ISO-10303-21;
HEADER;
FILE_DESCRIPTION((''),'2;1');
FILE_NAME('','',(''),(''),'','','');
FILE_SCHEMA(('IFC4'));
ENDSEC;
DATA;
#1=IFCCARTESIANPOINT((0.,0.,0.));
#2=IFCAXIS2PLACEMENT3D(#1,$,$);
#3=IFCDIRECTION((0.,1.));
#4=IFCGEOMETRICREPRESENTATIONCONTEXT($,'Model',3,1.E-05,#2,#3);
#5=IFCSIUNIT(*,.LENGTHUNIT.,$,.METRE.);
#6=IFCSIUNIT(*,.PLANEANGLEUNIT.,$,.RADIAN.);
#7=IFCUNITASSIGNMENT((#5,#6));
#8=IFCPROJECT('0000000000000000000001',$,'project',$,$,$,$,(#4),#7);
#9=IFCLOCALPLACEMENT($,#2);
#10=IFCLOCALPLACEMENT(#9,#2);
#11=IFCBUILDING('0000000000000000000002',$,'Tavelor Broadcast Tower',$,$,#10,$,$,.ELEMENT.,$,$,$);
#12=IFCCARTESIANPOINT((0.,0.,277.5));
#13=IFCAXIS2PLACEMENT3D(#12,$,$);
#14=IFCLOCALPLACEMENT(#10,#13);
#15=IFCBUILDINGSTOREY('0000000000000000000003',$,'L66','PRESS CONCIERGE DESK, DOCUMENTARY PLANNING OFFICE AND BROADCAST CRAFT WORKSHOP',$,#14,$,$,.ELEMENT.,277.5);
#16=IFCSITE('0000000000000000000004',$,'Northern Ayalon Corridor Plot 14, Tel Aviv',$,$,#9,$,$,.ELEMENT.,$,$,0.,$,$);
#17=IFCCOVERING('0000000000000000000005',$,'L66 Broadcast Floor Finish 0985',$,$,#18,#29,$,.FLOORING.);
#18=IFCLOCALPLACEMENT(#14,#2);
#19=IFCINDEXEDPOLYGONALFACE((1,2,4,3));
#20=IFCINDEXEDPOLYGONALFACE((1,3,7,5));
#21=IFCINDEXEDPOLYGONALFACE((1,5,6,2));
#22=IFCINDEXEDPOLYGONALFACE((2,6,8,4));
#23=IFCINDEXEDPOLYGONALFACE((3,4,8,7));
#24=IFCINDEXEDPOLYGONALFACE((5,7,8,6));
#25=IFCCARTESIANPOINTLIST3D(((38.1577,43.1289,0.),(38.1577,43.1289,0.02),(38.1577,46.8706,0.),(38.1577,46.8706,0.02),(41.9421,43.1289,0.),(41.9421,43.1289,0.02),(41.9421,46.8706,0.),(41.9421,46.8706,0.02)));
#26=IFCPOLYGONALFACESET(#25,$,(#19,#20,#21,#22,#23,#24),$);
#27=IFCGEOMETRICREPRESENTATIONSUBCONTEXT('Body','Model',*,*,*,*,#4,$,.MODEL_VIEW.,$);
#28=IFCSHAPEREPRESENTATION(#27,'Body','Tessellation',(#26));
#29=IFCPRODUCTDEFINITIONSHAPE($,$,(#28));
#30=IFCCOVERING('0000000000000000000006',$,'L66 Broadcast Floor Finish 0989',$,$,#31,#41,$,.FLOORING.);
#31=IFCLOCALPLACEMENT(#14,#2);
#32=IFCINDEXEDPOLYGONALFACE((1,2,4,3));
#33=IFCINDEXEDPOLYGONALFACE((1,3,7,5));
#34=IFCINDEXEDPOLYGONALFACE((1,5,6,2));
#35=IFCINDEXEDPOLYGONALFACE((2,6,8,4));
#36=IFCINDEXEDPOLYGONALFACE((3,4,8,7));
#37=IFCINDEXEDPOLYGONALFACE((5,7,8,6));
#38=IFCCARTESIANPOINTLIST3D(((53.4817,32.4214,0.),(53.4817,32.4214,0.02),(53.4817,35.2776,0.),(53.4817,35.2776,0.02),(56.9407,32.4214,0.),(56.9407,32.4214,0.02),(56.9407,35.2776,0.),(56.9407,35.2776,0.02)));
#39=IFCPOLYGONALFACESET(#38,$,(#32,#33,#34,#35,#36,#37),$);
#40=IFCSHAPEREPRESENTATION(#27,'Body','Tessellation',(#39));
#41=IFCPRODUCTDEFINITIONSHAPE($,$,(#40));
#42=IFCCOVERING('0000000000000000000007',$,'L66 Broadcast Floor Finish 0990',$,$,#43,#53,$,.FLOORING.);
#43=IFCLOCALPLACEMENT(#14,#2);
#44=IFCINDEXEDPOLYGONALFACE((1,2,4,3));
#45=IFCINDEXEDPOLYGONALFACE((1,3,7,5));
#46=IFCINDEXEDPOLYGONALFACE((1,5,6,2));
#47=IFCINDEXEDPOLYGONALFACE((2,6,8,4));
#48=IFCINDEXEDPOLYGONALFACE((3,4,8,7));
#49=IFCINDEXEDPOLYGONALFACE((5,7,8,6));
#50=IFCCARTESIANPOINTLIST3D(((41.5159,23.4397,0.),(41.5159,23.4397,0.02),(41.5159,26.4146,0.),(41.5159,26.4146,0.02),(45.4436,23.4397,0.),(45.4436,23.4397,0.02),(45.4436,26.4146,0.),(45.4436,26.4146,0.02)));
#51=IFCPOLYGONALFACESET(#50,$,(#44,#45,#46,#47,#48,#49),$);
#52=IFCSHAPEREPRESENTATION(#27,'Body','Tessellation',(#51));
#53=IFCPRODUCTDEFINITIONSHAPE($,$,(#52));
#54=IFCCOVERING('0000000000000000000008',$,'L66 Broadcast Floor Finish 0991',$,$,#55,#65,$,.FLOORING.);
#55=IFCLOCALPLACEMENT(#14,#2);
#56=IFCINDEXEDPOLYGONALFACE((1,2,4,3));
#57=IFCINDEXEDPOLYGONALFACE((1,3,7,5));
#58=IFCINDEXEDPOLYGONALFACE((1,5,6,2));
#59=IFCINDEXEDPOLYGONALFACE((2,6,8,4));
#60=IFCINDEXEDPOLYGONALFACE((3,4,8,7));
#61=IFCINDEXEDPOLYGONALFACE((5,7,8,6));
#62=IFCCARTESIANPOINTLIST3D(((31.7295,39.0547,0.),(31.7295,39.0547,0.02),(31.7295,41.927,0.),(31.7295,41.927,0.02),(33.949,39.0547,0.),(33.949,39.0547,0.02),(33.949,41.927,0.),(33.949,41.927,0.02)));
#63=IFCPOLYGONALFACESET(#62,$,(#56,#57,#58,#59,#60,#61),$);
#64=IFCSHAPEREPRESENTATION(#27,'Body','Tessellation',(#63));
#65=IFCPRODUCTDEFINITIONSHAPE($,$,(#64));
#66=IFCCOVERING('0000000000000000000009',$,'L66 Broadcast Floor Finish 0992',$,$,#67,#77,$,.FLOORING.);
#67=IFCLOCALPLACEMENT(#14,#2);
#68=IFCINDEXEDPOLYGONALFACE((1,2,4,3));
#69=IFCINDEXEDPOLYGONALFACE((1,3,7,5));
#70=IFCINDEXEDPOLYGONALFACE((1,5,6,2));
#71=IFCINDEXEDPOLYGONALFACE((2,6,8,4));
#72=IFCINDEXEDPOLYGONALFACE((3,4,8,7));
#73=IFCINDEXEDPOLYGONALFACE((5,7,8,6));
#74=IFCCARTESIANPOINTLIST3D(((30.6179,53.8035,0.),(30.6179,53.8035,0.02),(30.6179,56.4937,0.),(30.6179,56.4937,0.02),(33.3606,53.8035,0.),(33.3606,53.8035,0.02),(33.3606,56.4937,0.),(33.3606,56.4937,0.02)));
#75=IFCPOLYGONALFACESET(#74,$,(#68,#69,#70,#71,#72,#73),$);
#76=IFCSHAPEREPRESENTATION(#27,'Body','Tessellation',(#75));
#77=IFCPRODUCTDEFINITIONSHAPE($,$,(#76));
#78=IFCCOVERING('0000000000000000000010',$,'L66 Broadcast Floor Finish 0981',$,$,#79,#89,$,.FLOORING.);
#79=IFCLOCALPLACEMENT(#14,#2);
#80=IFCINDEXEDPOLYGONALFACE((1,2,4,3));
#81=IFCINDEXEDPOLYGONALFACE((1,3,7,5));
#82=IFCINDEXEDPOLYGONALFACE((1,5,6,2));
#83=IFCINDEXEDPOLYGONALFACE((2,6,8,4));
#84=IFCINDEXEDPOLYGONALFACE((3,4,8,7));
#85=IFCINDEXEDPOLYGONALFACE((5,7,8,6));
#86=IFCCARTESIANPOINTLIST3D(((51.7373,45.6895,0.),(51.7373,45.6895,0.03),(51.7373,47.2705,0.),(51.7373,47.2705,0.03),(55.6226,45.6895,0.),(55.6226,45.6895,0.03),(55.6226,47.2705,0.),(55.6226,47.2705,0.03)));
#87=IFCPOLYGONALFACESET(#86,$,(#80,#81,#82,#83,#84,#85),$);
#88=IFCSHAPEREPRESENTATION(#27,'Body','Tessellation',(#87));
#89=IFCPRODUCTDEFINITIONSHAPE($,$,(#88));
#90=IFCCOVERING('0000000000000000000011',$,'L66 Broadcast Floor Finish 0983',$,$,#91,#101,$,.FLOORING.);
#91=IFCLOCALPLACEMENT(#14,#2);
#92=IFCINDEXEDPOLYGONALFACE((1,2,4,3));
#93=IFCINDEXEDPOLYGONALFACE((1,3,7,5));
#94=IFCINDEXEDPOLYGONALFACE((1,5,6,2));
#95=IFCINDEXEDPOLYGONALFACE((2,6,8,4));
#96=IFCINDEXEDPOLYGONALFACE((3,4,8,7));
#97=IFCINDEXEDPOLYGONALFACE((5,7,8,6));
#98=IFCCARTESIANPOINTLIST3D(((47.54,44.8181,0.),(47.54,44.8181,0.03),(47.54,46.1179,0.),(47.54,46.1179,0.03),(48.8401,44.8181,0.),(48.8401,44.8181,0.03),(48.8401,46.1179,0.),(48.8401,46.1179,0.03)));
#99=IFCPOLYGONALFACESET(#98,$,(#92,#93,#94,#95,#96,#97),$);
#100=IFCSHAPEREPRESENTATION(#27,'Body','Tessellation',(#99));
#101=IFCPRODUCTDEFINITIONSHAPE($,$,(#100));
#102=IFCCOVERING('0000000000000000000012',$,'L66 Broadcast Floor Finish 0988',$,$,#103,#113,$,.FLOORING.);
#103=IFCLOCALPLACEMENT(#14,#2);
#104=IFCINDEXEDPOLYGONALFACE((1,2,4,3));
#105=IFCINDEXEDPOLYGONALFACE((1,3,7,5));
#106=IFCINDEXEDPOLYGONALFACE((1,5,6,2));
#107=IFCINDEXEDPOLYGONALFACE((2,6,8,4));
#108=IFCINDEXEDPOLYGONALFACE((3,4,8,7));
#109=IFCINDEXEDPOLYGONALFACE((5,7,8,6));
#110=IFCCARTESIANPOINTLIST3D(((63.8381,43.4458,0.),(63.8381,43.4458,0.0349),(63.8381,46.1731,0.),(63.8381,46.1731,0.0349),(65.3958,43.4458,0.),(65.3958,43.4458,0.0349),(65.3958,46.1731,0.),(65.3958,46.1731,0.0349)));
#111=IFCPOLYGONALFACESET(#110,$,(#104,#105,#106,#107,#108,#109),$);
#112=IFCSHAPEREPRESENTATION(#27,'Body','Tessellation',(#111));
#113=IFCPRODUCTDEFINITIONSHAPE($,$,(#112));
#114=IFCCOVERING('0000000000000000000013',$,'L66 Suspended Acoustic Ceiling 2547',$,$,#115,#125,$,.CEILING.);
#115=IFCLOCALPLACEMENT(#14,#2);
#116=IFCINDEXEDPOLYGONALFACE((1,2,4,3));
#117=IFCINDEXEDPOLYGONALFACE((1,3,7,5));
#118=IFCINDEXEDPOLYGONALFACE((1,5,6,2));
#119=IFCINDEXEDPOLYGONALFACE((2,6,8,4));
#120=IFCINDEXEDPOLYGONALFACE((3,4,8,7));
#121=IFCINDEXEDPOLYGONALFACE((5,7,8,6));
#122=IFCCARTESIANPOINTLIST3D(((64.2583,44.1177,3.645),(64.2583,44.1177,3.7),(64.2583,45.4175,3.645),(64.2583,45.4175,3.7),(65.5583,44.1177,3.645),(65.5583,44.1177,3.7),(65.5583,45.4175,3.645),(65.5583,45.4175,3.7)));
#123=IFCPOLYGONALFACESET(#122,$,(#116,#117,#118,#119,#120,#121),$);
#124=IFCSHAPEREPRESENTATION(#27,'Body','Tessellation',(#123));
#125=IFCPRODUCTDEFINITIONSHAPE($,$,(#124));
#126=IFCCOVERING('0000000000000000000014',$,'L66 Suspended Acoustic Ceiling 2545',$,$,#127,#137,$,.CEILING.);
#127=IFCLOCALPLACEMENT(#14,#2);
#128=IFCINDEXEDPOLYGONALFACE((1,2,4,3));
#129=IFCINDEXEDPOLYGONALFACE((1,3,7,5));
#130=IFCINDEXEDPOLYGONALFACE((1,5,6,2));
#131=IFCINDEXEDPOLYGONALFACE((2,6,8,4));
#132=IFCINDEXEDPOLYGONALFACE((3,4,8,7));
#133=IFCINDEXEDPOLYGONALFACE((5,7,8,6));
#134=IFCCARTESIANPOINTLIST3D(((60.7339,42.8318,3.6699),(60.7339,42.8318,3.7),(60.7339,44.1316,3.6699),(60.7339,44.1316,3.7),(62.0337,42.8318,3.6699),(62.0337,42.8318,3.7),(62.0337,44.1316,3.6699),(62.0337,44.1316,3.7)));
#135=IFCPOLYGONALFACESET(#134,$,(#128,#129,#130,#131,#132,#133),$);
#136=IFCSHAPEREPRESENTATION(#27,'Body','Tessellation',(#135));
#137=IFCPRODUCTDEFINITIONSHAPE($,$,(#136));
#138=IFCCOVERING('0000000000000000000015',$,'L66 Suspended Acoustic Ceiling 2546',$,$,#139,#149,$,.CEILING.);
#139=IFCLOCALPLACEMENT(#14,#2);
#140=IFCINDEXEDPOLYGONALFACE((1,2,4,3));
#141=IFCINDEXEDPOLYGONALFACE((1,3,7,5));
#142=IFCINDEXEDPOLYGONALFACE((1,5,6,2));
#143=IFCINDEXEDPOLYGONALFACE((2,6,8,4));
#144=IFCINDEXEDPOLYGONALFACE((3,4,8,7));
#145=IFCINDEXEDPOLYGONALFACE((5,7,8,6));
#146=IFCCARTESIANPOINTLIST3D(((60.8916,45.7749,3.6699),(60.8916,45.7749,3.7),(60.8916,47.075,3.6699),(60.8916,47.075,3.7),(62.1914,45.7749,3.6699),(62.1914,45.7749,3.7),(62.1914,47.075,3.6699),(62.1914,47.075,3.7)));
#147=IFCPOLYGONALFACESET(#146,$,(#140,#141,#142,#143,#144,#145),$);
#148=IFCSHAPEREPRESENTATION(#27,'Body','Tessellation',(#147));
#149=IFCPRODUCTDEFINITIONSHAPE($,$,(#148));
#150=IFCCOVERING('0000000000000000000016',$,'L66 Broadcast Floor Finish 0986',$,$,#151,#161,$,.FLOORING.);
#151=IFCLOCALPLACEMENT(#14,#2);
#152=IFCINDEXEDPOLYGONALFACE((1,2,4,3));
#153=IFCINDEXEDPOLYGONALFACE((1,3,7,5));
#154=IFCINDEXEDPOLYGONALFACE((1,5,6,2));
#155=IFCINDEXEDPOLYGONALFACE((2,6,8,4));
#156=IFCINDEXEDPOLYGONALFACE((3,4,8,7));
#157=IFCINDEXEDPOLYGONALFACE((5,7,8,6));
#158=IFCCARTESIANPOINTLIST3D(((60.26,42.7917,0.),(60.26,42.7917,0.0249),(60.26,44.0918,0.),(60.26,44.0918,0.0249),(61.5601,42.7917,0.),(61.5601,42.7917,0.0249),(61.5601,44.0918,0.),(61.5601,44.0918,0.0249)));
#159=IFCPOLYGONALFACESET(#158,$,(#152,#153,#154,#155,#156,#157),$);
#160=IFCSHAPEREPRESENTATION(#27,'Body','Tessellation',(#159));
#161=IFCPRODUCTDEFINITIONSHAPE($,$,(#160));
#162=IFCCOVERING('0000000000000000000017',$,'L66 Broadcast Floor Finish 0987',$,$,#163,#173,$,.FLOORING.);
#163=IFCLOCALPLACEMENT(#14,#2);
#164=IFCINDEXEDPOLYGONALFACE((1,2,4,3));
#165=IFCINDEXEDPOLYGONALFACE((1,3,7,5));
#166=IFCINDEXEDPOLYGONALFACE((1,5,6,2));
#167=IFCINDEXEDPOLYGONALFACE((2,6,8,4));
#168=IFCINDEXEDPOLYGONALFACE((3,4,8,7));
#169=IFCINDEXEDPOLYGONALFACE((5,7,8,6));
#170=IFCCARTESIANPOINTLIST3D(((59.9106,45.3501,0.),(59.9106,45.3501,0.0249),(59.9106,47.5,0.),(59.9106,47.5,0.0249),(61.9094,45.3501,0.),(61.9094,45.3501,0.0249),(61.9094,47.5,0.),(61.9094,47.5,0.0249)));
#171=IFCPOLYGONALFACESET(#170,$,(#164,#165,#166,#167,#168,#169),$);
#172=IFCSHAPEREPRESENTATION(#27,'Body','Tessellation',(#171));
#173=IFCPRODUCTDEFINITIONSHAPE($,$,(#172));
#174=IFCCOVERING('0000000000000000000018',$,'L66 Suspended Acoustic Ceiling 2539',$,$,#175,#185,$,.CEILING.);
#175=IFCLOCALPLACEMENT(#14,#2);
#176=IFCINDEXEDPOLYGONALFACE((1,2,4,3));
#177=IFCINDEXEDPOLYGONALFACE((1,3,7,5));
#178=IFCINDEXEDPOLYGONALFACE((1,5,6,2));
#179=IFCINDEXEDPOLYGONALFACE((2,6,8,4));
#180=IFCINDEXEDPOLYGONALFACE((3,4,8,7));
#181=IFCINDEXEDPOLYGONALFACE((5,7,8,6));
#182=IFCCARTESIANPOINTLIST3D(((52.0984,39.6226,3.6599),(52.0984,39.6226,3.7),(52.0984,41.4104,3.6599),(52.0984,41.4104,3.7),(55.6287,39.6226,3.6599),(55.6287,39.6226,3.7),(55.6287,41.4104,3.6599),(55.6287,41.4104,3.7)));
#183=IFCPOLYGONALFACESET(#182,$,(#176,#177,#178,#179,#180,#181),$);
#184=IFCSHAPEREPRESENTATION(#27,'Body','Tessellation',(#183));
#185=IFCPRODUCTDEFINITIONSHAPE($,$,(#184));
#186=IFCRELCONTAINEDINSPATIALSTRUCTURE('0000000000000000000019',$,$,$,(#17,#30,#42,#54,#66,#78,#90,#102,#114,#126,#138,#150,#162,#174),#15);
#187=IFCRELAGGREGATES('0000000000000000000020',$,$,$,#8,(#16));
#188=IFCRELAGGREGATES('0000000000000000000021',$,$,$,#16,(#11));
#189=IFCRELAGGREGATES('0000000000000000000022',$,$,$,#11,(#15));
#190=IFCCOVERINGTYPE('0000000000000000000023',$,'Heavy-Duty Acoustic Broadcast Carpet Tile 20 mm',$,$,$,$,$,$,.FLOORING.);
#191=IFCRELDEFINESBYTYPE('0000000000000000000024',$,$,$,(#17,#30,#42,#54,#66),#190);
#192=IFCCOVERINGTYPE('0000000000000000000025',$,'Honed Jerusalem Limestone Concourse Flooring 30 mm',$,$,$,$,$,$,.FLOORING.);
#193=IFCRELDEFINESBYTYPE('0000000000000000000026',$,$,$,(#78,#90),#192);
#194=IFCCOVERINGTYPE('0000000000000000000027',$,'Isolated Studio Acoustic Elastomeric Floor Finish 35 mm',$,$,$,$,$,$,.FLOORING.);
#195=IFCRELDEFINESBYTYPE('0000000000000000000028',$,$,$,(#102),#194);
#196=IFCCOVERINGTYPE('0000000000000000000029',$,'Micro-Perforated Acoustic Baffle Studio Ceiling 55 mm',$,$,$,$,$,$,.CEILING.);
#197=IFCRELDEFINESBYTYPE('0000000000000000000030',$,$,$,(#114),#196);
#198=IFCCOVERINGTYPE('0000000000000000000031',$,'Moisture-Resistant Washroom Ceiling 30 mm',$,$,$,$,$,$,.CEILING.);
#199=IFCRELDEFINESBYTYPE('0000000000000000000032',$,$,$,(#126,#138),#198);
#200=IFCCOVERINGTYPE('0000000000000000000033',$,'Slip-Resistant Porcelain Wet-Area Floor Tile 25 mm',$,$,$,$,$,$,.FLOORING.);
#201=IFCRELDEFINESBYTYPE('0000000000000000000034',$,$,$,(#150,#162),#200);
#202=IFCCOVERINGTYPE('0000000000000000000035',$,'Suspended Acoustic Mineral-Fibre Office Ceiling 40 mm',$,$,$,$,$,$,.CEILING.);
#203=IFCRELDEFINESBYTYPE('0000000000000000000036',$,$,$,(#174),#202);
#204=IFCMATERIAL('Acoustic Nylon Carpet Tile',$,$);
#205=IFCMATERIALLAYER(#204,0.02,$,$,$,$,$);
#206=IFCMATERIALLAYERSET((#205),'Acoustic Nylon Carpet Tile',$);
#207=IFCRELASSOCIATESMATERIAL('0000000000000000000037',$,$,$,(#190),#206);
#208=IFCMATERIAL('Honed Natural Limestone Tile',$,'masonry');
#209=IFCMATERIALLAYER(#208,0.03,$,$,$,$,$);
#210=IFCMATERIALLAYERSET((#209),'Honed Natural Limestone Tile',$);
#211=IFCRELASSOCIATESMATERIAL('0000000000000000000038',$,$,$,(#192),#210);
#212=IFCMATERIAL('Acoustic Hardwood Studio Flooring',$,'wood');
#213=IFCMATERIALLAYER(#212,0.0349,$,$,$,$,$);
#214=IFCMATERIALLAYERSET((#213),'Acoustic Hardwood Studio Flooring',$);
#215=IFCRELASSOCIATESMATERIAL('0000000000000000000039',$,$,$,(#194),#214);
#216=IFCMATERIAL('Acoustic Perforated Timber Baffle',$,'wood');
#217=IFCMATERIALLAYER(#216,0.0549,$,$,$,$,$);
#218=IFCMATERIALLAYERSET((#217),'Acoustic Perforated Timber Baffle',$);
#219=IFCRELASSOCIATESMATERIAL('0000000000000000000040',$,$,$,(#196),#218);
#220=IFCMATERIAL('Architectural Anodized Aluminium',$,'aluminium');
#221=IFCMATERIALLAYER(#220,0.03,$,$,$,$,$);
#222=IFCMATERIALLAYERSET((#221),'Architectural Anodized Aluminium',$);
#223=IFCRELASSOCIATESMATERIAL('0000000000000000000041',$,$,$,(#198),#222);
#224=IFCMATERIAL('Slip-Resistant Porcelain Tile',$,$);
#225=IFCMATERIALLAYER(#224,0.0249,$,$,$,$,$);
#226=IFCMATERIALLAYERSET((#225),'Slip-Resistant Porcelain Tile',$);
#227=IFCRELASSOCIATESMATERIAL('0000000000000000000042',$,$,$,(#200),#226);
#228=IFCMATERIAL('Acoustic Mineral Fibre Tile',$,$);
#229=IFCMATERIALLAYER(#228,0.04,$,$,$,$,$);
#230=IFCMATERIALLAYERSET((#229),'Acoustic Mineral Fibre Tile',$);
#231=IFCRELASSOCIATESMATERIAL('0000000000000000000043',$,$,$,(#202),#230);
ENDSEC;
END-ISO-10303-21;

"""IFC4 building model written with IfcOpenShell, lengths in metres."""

from ifc_helpers import new_model, si_unit, direction, frame, origin, place, context, subcontext, project, spatial, polyline, outline, extrude, material, layer, layer_set, type_object, element, save


model = new_model("IFC4")

# Units and contexts
model_context = context("Model", 3, precision=1e-05, world=origin(), true_north=direction((0.0, 1.0)))
body_context = subcontext(model_context, "Body", "Model", "MODEL_VIEW")
ifc_project = project(units=[si_unit("LENGTHUNIT", "METRE"), si_unit("PLANEANGLEUNIT", "RADIAN")], contexts=[model_context])

# Site, building, storey
site_placement = place(None, origin())
site = spatial("IfcSite", under=ifc_project, at=site_placement, Name="Northern Ayalon Corridor Plot 14, Tel Aviv", CompositionType="ELEMENT", RefElevation=0.0)
building_placement = place(site_placement, origin())
building = spatial("IfcBuilding", under=site, at=building_placement, Name="Tavelor Broadcast Tower", CompositionType="ELEMENT")
storey_placement = place(building_placement, frame((0.0, 0.0, 277.5)))
storey = spatial("IfcBuildingStorey", under=building, at=storey_placement, Name="L66", Description="PRESS CONCIERGE DESK, DOCUMENTARY PLANNING OFFICE AND BROADCAST CRAFT WORKSHOP", CompositionType="ELEMENT", Elevation=277.5)

# Coverings
ifc_material_1 = material(Name="Architectural Anodized Aluminium", Category="aluminium")
ifc_material_2 = material(Name="Acoustic Nylon Carpet Tile")
ifc_layer_1 = layer(ifc_material_2, 0.02)
ifc_layer_set_1 = layer_set([ifc_layer_1], Name="Acoustic Nylon Carpet Tile")
covering_type_1 = type_object("IfcCoveringType", Name="Heavy-Duty Acoustic Broadcast Carpet Tile 20 mm", PredefinedType="FLOORING", material=ifc_layer_set_1)
covering_1_placement = place(storey_placement, origin())
element("IfcCovering", 1, at=covering_1_placement, inside=storey, type_object=covering_type_1, Name="L66 Broadcast Floor Finish 0985", PredefinedType="FLOORING", context=body_context, shape_type="SweptSolid", body=[
    extrude(outline(polyline([(38.1577, 43.1289), (41.9421, 43.1289), (41.9421, 46.8706), (38.1577, 46.8706), (38.1577, 43.1289)])), origin(), (0.0, 0.0, 1.0), 0.02),
])
covering_2_placement = place(storey_placement, origin())
element("IfcCovering", 2, at=covering_2_placement, inside=storey, type_object=covering_type_1, Name="L66 Broadcast Floor Finish 0989", PredefinedType="FLOORING", context=body_context, shape_type="SweptSolid", body=[
    extrude(outline(polyline([(53.4817, 32.4214), (56.9407, 32.4214), (56.9407, 35.2776), (53.4817, 35.2776), (53.4817, 32.4214)])), origin(), (0.0, 0.0, 1.0), 0.02),
])
covering_3_placement = place(storey_placement, origin())
element("IfcCovering", 3, at=covering_3_placement, inside=storey, type_object=covering_type_1, Name="L66 Broadcast Floor Finish 0990", PredefinedType="FLOORING", context=body_context, shape_type="SweptSolid", body=[
    extrude(outline(polyline([(41.5159, 23.4397), (45.4436, 23.4397), (45.4436, 26.4146), (41.5159, 26.4146), (41.5159, 23.4397)])), origin(), (0.0, 0.0, 1.0), 0.02),
])
covering_4_placement = place(storey_placement, origin())
element("IfcCovering", 4, at=covering_4_placement, inside=storey, type_object=covering_type_1, Name="L66 Broadcast Floor Finish 0991", PredefinedType="FLOORING", context=body_context, shape_type="SweptSolid", body=[
    extrude(outline(polyline([(31.7295, 39.0547), (33.949, 39.0547), (33.949, 41.927), (31.7295, 41.927), (31.7295, 39.0547)])), origin(), (0.0, 0.0, 1.0), 0.02),
])
covering_5_placement = place(storey_placement, origin())
element("IfcCovering", 5, at=covering_5_placement, inside=storey, type_object=covering_type_1, Name="L66 Broadcast Floor Finish 0992", PredefinedType="FLOORING", context=body_context, shape_type="SweptSolid", body=[
    extrude(outline(polyline([(30.6179, 53.8035), (33.3606, 53.8035), (33.3606, 56.4937), (30.6179, 56.4937), (30.6179, 53.8035)])), origin(), (0.0, 0.0, 1.0), 0.02),
])
ifc_material_3 = material(Name="Honed Natural Limestone Tile", Category="masonry")
ifc_layer_2 = layer(ifc_material_3, 0.03)
ifc_layer_set_2 = layer_set([ifc_layer_2], Name="Honed Natural Limestone Tile")
covering_type_2 = type_object("IfcCoveringType", Name="Honed Jerusalem Limestone Concourse Flooring 30 mm", PredefinedType="FLOORING", material=ifc_layer_set_2)
covering_6_placement = place(storey_placement, origin())
element("IfcCovering", 6, at=covering_6_placement, inside=storey, type_object=covering_type_2, Name="L66 Broadcast Floor Finish 0981", PredefinedType="FLOORING", context=body_context, shape_type="SweptSolid", body=[
    extrude(outline(polyline([(51.7373, 45.6895), (55.6226, 45.6895), (55.6226, 47.2705), (51.7373, 47.2705), (51.7373, 45.6895)])), origin(), (0.0, 0.0, 1.0), 0.03),
])
covering_7_placement = place(storey_placement, origin())
element("IfcCovering", 7, at=covering_7_placement, inside=storey, type_object=covering_type_2, Name="L66 Broadcast Floor Finish 0983", PredefinedType="FLOORING", context=body_context, shape_type="SweptSolid", body=[
    extrude(outline(polyline([(47.54, 44.8181), (48.8401, 44.8181), (48.8401, 46.1179), (47.54, 46.1179), (47.54, 44.8181)])), origin(), (0.0, 0.0, 1.0), 0.03),
])
ifc_material_4 = material(Name="Acoustic Hardwood Studio Flooring", Category="wood")
ifc_layer_3 = layer(ifc_material_4, 0.0349)
ifc_layer_set_3 = layer_set([ifc_layer_3], Name="Acoustic Hardwood Studio Flooring")
covering_type_3 = type_object("IfcCoveringType", Name="Isolated Studio Acoustic Elastomeric Floor Finish 35 mm", PredefinedType="FLOORING", material=ifc_layer_set_3)
covering_8_placement = place(storey_placement, origin())
element("IfcCovering", 8, at=covering_8_placement, inside=storey, type_object=covering_type_3, Name="L66 Broadcast Floor Finish 0988", PredefinedType="FLOORING", context=body_context, shape_type="SweptSolid", body=[
    extrude(outline(polyline([(63.8381, 43.4458), (65.3958, 43.4458), (65.3958, 46.1731), (63.8381, 46.1731), (63.8381, 43.4458)])), origin(), (0.0, 0.0, 1.0), 0.0349),
])
ifc_material_5 = material(Name="Acoustic Perforated Timber Baffle", Category="wood")
ifc_layer_4 = layer(ifc_material_5, 0.0549)
ifc_layer_set_4 = layer_set([ifc_layer_4], Name="Acoustic Perforated Timber Baffle")
covering_type_4 = type_object("IfcCoveringType", Name="Micro-Perforated Acoustic Baffle Studio Ceiling 55 mm", PredefinedType="CEILING", material=ifc_layer_set_4)
covering_9_placement = place(storey_placement, frame((0.0, 0.0, 3.645)))
element("IfcCovering", 9, at=covering_9_placement, inside=storey, type_object=covering_type_4, Name="L66 Suspended Acoustic Ceiling 2547", PredefinedType="CEILING", context=body_context, shape_type="SweptSolid", body=[
    extrude(outline(polyline([(64.2583, 44.1177), (65.5583, 44.1177), (65.5583, 45.4175), (64.2583, 45.4175), (64.2583, 44.1177)])), origin(), (0.0, 0.0, 1.0), 0.0549),
])
ifc_layer_5 = layer(ifc_material_1, 0.03)
ifc_layer_set_5 = layer_set([ifc_layer_5], Name="Architectural Anodized Aluminium")
covering_type_5 = type_object("IfcCoveringType", Name="Moisture-Resistant Washroom Ceiling 30 mm", PredefinedType="CEILING", material=ifc_layer_set_5)
covering_10_placement = place(storey_placement, frame((0.0, 0.0, 3.6699)))
element("IfcCovering", 10, at=covering_10_placement, inside=storey, type_object=covering_type_5, Name="L66 Suspended Acoustic Ceiling 2545", PredefinedType="CEILING", context=body_context, shape_type="SweptSolid", body=[
    extrude(outline(polyline([(60.7339, 42.8318), (62.0337, 42.8318), (62.0337, 44.1316), (60.7339, 44.1316), (60.7339, 42.8318)])), origin(), (0.0, 0.0, 1.0), 0.03),
])
covering_11_placement = place(storey_placement, frame((0.0, 0.0, 3.6699)))
element("IfcCovering", 11, at=covering_11_placement, inside=storey, type_object=covering_type_5, Name="L66 Suspended Acoustic Ceiling 2546", PredefinedType="CEILING", context=body_context, shape_type="SweptSolid", body=[
    extrude(outline(polyline([(60.8916, 45.7749), (62.1914, 45.7749), (62.1914, 47.075), (60.8916, 47.075), (60.8916, 45.7749)])), origin(), (0.0, 0.0, 1.0), 0.03),
])
ifc_material_6 = material(Name="Slip-Resistant Porcelain Tile")
ifc_layer_6 = layer(ifc_material_6, 0.0249)
ifc_layer_set_6 = layer_set([ifc_layer_6], Name="Slip-Resistant Porcelain Tile")
covering_type_6 = type_object("IfcCoveringType", Name="Slip-Resistant Porcelain Wet-Area Floor Tile 25 mm", PredefinedType="FLOORING", material=ifc_layer_set_6)
covering_12_placement = place(storey_placement, origin())
element("IfcCovering", 12, at=covering_12_placement, inside=storey, type_object=covering_type_6, Name="L66 Broadcast Floor Finish 0986", PredefinedType="FLOORING", context=body_context, shape_type="SweptSolid", body=[
    extrude(outline(polyline([(60.26, 42.7917), (61.5601, 42.7917), (61.5601, 44.0918), (60.26, 44.0918), (60.26, 42.7917)])), origin(), (0.0, 0.0, 1.0), 0.0249),
])
covering_13_placement = place(storey_placement, origin())
element("IfcCovering", 13, at=covering_13_placement, inside=storey, type_object=covering_type_6, Name="L66 Broadcast Floor Finish 0987", PredefinedType="FLOORING", context=body_context, shape_type="SweptSolid", body=[
    extrude(outline(polyline([(59.9106, 45.3501), (61.9094, 45.3501), (61.9094, 47.5), (59.9106, 47.5), (59.9106, 45.3501)])), origin(), (0.0, 0.0, 1.0), 0.0249),
])
ifc_material_7 = material(Name="Acoustic Mineral Fibre Tile")
ifc_layer_7 = layer(ifc_material_7, 0.04)
ifc_layer_set_7 = layer_set([ifc_layer_7], Name="Acoustic Mineral Fibre Tile")
covering_type_7 = type_object("IfcCoveringType", Name="Suspended Acoustic Mineral-Fibre Office Ceiling 40 mm", PredefinedType="CEILING", material=ifc_layer_set_7)
covering_14_placement = place(storey_placement, frame((0.0, 0.0, 3.6599)))
element("IfcCovering", 14, at=covering_14_placement, inside=storey, type_object=covering_type_7, Name="L66 Suspended Acoustic Ceiling 2539", PredefinedType="CEILING", context=body_context, shape_type="SweptSolid", body=[
    extrude(outline(polyline([(52.0984, 39.6226), (55.6287, 39.6226), (55.6287, 41.4104), (52.0984, 41.4104), (52.0984, 39.6226)])), origin(), (0.0, 0.0, 1.0), 0.04),
])

save(model, "model.ifc")
